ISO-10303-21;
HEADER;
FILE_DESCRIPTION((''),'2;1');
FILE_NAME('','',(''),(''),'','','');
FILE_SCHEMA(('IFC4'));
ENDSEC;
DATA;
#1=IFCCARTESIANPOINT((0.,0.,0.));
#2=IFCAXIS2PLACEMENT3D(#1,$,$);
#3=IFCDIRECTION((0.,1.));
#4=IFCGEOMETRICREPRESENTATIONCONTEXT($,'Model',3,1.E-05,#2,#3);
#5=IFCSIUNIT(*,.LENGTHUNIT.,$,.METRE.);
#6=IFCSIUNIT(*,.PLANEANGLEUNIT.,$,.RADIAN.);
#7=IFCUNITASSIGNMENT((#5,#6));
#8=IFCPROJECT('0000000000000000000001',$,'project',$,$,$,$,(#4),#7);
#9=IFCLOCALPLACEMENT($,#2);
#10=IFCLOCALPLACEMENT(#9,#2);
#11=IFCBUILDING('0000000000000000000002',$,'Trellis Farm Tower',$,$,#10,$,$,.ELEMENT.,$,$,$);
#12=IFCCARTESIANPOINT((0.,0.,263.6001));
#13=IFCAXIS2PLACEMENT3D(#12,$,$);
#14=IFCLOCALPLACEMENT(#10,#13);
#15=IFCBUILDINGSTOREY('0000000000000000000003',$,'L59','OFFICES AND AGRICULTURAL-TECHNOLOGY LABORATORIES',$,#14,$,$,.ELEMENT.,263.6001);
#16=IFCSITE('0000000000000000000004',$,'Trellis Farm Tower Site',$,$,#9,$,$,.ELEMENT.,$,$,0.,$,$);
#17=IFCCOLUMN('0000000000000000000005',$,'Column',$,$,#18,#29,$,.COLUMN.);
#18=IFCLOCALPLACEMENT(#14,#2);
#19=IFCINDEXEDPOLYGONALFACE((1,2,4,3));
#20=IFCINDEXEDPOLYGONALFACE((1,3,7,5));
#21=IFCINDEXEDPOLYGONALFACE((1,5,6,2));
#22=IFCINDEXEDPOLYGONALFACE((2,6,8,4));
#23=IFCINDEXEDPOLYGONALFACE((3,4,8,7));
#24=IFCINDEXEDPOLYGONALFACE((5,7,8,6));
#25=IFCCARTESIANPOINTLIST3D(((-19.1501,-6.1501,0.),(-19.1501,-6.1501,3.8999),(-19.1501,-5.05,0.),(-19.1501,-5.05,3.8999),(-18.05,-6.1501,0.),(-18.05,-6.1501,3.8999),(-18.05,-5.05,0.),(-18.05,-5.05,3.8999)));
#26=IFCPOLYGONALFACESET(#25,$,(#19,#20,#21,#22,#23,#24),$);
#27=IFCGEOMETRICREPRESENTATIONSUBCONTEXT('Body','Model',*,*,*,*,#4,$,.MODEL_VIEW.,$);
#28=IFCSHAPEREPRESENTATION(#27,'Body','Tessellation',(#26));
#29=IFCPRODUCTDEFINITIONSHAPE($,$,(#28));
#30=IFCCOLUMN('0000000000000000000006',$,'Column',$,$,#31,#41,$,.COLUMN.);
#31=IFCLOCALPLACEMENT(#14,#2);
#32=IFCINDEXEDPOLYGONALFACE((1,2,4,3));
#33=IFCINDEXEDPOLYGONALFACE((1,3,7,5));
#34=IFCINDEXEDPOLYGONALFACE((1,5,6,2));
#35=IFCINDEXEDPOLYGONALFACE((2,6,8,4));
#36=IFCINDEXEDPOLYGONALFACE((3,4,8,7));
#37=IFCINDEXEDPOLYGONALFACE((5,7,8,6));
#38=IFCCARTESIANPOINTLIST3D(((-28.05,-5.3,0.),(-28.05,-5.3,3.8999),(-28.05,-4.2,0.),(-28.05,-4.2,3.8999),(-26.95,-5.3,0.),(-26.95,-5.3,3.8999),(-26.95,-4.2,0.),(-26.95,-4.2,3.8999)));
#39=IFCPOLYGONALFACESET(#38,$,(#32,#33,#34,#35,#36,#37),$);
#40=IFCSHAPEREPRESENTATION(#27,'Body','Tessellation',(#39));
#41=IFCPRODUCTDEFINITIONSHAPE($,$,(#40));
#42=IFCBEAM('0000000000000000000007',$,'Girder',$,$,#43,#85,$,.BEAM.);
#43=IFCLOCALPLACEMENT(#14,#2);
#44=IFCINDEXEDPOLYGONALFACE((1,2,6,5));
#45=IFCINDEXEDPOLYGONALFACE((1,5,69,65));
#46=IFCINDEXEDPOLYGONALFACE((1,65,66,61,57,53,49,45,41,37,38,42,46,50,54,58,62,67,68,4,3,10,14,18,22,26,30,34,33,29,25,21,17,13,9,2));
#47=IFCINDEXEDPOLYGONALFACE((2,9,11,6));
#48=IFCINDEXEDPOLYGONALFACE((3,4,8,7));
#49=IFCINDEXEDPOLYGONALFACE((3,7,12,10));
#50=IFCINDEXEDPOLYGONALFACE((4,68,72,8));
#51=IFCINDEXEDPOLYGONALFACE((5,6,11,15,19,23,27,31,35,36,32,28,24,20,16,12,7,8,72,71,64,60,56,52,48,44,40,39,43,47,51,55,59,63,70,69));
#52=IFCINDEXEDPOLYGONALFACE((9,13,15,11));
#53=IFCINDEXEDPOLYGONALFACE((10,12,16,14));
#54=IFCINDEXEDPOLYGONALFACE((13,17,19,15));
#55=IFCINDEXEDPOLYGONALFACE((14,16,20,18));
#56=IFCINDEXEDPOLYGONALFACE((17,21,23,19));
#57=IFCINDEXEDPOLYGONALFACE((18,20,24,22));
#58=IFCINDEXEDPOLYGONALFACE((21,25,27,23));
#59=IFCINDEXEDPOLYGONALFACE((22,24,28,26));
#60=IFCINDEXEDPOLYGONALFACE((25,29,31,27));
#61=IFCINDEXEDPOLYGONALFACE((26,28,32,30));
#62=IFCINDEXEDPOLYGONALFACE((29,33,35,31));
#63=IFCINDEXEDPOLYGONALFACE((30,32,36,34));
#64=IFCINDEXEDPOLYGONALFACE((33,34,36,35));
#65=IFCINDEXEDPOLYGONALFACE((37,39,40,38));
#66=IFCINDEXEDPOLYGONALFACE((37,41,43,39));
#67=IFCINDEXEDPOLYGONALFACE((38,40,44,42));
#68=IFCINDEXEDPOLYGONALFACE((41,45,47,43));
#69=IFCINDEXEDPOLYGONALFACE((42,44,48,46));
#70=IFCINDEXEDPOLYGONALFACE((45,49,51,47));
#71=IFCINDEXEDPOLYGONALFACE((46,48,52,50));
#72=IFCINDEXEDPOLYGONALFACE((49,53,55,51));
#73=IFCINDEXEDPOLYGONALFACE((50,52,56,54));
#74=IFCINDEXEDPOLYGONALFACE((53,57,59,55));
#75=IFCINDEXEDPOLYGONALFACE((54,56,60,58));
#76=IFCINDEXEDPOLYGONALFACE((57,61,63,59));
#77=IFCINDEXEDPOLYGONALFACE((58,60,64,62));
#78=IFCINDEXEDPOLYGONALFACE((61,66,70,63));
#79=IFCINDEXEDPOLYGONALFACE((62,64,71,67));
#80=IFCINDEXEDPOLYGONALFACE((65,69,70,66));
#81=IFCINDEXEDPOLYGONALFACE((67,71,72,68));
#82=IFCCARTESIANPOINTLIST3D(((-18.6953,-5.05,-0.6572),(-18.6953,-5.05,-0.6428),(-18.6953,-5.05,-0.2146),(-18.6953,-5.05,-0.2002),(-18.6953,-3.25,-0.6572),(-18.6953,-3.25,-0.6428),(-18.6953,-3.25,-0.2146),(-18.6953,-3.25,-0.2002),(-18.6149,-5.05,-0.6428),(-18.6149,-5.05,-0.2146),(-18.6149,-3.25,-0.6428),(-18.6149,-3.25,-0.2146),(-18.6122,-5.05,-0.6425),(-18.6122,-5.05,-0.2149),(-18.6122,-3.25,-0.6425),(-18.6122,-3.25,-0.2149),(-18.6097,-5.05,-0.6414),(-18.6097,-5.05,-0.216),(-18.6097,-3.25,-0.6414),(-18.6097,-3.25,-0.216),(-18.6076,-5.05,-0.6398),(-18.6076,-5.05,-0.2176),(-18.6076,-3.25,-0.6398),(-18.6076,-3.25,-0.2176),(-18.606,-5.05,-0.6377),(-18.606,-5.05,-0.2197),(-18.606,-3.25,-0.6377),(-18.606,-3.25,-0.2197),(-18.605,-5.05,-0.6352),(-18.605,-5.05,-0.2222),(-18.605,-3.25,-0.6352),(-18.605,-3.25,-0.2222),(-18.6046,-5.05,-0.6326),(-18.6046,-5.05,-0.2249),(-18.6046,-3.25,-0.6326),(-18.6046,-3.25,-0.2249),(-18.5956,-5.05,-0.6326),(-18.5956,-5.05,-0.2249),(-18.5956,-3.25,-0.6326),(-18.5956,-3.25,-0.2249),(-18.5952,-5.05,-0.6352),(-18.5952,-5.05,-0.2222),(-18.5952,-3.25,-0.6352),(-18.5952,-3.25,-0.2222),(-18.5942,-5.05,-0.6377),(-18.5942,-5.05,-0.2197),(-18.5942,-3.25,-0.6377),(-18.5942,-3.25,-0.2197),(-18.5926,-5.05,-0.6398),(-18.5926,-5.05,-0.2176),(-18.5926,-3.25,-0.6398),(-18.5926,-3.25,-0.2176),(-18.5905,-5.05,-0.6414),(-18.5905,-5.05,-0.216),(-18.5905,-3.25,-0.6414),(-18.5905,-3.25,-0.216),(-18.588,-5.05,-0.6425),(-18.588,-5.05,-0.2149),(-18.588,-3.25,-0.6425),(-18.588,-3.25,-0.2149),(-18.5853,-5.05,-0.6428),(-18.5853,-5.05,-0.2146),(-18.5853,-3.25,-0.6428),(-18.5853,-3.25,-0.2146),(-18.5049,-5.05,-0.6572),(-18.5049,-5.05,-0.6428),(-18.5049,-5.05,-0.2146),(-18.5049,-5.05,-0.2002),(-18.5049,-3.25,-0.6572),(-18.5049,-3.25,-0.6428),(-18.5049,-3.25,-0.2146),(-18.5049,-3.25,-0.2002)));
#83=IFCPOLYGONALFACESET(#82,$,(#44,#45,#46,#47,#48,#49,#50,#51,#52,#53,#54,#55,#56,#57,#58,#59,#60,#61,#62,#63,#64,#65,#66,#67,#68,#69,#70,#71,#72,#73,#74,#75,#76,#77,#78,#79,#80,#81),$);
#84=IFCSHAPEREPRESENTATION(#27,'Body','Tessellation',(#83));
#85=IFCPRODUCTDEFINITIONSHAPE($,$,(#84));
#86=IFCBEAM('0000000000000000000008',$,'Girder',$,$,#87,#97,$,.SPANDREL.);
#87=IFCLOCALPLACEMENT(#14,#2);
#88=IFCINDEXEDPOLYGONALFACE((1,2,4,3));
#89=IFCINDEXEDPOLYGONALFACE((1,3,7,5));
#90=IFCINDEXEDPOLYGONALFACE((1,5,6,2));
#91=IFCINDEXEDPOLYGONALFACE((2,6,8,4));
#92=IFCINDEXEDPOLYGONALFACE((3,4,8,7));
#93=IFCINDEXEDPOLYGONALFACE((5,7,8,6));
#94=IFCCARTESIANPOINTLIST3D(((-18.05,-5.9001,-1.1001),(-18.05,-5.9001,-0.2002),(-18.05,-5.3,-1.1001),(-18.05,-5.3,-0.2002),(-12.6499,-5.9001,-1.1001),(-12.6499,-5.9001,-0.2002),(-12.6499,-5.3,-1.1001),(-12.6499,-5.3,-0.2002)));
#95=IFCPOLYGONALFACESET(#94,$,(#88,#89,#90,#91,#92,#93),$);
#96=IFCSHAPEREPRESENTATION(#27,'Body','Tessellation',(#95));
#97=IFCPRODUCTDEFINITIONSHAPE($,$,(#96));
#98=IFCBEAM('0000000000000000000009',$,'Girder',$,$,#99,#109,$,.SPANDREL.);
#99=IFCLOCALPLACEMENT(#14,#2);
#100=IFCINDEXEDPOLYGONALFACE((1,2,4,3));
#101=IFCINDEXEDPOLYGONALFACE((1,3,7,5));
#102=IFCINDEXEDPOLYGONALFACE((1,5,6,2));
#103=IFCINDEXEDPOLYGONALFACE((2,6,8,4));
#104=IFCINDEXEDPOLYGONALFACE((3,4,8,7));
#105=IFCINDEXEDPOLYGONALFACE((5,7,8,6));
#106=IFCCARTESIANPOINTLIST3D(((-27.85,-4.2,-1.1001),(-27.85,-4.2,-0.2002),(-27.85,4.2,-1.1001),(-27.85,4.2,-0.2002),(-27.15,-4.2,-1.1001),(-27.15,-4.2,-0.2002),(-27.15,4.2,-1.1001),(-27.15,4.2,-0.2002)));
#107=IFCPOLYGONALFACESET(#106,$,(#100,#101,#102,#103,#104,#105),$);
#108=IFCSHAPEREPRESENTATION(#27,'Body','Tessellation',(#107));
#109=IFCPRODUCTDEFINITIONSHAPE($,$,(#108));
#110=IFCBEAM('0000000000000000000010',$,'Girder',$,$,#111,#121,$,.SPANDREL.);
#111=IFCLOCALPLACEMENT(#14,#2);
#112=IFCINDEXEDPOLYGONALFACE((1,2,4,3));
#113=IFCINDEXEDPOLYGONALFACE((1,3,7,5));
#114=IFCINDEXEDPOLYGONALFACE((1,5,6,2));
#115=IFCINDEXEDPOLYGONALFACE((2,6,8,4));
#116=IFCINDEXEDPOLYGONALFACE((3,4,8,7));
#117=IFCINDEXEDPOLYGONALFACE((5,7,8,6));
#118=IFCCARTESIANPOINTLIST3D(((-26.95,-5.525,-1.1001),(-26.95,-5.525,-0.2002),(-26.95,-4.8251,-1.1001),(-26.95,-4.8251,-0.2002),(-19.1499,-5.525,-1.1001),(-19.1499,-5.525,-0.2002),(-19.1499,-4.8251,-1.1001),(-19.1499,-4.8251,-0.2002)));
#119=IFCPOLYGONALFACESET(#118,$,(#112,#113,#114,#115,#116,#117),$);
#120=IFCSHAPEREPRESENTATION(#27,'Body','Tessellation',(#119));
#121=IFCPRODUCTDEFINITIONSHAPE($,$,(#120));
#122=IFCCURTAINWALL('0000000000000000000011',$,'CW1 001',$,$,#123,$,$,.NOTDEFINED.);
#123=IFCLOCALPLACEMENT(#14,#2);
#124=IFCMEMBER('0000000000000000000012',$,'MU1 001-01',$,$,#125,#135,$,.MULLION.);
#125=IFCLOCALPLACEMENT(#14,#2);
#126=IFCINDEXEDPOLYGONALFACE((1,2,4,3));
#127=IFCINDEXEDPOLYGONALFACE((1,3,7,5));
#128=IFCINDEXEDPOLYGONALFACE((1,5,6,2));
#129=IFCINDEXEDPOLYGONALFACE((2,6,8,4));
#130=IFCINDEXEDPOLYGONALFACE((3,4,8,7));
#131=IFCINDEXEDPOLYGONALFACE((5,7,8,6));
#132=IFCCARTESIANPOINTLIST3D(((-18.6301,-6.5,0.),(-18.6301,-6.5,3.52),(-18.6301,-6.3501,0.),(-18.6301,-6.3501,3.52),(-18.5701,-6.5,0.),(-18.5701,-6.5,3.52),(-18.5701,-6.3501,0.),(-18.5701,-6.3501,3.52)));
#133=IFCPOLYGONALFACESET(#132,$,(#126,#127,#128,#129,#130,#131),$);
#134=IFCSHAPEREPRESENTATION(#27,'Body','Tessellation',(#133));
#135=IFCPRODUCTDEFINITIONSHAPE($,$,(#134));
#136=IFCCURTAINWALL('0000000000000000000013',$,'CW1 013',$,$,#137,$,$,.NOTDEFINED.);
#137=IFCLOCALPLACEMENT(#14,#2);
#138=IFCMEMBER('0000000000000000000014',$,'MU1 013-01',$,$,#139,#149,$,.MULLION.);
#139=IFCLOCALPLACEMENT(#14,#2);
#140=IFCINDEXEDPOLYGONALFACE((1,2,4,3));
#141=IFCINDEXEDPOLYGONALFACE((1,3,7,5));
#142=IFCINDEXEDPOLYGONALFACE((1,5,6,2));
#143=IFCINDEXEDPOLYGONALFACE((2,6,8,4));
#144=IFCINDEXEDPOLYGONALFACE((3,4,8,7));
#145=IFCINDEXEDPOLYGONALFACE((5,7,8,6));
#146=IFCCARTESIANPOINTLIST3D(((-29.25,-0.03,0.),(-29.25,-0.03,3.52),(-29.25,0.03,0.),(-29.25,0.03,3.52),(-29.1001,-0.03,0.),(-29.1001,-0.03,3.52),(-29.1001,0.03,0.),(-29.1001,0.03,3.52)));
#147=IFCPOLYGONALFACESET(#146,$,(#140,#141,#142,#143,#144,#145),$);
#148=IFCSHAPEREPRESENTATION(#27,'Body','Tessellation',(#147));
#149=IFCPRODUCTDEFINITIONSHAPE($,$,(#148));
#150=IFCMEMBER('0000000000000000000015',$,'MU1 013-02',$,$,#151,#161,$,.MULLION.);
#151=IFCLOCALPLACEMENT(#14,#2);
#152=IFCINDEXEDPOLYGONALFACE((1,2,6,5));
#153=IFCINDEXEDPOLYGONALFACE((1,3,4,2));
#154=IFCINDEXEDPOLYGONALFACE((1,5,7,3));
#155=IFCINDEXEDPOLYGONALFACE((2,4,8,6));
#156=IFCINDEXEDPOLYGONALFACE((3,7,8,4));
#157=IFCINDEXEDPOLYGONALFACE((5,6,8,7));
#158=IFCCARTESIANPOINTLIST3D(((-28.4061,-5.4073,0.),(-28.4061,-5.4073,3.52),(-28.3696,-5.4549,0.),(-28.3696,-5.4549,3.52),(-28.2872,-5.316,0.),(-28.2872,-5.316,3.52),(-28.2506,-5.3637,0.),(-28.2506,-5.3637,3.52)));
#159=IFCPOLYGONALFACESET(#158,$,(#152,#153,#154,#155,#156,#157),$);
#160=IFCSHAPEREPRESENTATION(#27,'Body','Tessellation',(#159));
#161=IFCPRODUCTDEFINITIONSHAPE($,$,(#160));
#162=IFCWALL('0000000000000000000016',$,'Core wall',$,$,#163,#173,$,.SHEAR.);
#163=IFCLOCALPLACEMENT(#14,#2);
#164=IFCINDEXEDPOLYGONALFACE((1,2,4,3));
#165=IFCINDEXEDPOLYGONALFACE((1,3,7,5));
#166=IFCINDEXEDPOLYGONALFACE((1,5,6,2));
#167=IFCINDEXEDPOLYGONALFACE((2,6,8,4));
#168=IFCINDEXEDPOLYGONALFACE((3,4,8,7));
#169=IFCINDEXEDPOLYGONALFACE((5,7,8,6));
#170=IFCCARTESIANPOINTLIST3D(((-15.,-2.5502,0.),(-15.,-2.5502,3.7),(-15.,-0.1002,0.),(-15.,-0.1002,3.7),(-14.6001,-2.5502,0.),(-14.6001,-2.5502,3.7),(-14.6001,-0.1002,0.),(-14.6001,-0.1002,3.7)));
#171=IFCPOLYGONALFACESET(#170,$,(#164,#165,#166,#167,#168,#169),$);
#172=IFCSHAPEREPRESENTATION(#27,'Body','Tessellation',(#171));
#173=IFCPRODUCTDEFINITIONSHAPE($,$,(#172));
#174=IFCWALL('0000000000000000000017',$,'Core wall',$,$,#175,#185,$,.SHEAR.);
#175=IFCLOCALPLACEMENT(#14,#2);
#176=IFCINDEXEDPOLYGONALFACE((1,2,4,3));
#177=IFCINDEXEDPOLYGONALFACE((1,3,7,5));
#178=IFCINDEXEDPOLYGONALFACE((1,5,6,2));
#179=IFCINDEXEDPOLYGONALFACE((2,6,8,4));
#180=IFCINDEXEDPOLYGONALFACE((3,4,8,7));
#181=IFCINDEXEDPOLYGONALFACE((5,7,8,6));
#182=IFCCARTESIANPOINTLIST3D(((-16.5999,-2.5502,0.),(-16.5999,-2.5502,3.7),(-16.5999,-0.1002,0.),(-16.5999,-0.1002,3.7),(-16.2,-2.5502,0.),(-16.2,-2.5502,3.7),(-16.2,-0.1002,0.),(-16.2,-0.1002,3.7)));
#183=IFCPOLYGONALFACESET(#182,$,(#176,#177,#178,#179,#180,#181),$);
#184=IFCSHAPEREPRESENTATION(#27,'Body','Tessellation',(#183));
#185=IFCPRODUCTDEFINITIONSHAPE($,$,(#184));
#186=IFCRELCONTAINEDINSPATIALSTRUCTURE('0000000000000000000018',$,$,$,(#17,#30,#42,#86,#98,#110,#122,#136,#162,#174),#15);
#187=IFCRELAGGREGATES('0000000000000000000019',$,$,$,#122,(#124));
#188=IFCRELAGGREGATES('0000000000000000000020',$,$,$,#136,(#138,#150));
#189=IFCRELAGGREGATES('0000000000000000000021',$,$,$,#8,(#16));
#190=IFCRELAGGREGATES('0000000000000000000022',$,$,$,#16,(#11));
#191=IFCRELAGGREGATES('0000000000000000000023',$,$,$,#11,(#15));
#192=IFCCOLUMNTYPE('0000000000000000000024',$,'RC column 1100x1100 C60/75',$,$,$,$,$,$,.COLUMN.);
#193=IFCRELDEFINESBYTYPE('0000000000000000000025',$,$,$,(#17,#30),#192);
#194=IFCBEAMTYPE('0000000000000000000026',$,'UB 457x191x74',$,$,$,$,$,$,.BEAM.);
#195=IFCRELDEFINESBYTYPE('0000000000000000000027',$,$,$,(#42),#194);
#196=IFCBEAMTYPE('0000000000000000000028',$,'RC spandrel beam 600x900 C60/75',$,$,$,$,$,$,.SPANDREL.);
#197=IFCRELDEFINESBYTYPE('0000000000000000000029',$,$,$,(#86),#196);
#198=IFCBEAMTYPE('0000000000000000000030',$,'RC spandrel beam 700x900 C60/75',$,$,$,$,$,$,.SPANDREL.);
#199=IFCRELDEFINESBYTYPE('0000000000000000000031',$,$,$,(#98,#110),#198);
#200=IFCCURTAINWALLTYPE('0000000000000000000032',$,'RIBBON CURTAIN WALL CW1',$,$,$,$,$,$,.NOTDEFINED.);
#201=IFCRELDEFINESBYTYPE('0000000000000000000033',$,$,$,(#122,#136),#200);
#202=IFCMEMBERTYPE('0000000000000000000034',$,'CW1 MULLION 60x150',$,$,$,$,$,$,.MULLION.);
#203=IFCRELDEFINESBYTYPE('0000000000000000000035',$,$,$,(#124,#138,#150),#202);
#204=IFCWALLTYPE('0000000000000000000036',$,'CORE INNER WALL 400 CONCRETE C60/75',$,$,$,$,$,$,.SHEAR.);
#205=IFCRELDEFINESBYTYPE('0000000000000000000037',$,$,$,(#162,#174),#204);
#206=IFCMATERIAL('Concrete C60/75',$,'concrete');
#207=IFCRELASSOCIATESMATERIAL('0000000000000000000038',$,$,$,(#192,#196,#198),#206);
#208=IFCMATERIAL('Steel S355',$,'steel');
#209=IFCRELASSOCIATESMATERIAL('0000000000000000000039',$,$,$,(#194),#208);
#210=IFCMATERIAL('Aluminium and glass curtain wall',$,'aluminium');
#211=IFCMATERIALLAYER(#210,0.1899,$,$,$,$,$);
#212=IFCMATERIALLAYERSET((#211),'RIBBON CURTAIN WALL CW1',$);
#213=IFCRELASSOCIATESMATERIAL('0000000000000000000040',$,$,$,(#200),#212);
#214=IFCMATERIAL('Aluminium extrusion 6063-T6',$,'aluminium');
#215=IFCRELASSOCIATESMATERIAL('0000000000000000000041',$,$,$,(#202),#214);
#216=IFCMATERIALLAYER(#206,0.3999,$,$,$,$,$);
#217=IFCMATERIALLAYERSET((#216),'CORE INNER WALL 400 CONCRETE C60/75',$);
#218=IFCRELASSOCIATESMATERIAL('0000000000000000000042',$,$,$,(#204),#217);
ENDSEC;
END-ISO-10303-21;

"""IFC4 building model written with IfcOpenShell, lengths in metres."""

from ifc_helpers import new_model, si_unit, direction, frame, frame_2d, origin, origin_2d, place, context, subcontext, project, spatial, rectangle, i_section, extrude, source, transform, mapped, material, layer, layer_set, material_profile, profile_set, type_object, element, aggregate, save


model = new_model("IFC4")

# Units and contexts
model_context = context("Model", 3, precision=1e-05, world=origin(), true_north=direction((0.0, 1.0)))
body_context = subcontext(model_context, "Body", "Model", "MODEL_VIEW")
ifc_project = project(units=[si_unit("LENGTHUNIT", "METRE"), si_unit("PLANEANGLEUNIT", "RADIAN")], contexts=[model_context])

# Site, building, storey
site_placement = place(None, origin())
site = spatial("IfcSite", under=ifc_project, at=site_placement, Name="Trellis Farm Tower Site", CompositionType="ELEMENT", RefElevation=0.0)
building_placement = place(site_placement, origin())
building = spatial("IfcBuilding", under=site, at=building_placement, Name="Trellis Farm Tower", CompositionType="ELEMENT")
storey_placement = place(building_placement, frame((0.0, 0.0, 263.6001)))
storey = spatial("IfcBuildingStorey", under=building, at=storey_placement, Name="L59", Description="OFFICES AND AGRICULTURAL-TECHNOLOGY LABORATORIES", CompositionType="ELEMENT", Elevation=263.6001)

# Columns
ifc_material_1 = material(Name="Concrete C60/75", Category="concrete")
ifc_material_profile_1 = material_profile(ifc_material_1, rectangle(XDim=1.1001, YDim=1.1001, at=origin_2d()), Name="RC column 1100x1100 C60/75")
ifc_profile_set_1 = profile_set([ifc_material_profile_1], Name="Concrete C60/75")
column_type = type_object("IfcColumnType", Name="RC column 1100x1100 C60/75", PredefinedType="COLUMN", material=ifc_profile_set_1)
shared_shape_1 = source(origin(), body_context, "Body", "SweptSolid", [
    extrude(rectangle(XDim=1.1001, YDim=1.1001, at=origin_2d()), origin(), (0.0, 0.0, 1.0), 3.8999),
])
for number, where, z_axis, x_axis, name in (
    (1, (-18.6001, -5.6001, 0.0), (0.0, 0.0, 1.0), (1.0, 0.0, 0.0), "Column"),
    (2, (-27.5, -4.75, 0.0), (0.0, 0.0, 1.0), (1.0, 0.0, 0.0), "Column"),
):
    element("IfcColumn", number, at=place(storey_placement, frame(where, z_axis=z_axis, x_axis=x_axis)), inside=storey, type_object=column_type, Name=name, PredefinedType="COLUMN", context=body_context, shape_type="MappedRepresentation", body=[
        mapped(shared_shape_1, transform((0.0, 0.0, 0.0))),
    ])

# Beams
ifc_material_2 = material(Name="Steel S355", Category="steel")
ifc_material_profile_2 = material_profile(ifc_material_2, i_section(OverallWidth=0.1904, OverallDepth=0.457, WebThickness=0.009, FlangeThickness=0.0144, FilletRadius=0.0103, at=origin_2d()), Name="UB 457x191x74")
ifc_profile_set_2 = profile_set([ifc_material_profile_2], Name="Steel S355")
beam_type_1 = type_object("IfcBeamType", Name="UB 457x191x74", PredefinedType="BEAM", material=ifc_profile_set_2)
shared_shape_2 = source(origin(), body_context, "Body", "SweptSolid", [
    extrude(i_section(OverallWidth=0.1904, OverallDepth=0.457, WebThickness=0.009, FlangeThickness=0.0144, FilletRadius=0.0103, at=origin_2d()), origin(), (0.0, 0.0, 1.0), 1.8),
])
beam_1_placement = place(storey_placement, frame((-18.6001, -5.05, -0.4287), z_axis=(0.0, 1.0, 0.0), x_axis=(-1.0, 0.0, 0.0)))
element("IfcBeam", 3, at=beam_1_placement, inside=storey, type_object=beam_type_1, Name="Girder", PredefinedType="BEAM", context=body_context, shape_type="MappedRepresentation", body=[
    mapped(shared_shape_2, transform((0.0, 0.0, 0.0))),
])
ifc_material_profile_3 = material_profile(ifc_material_1, rectangle(XDim=0.6001, YDim=0.8999, at=origin_2d()), Name="RC spandrel beam 600x900 C60/75")
ifc_profile_set_3 = profile_set([ifc_material_profile_3], Name="Concrete C60/75")
beam_type_2 = type_object("IfcBeamType", Name="RC spandrel beam 600x900 C60/75", PredefinedType="SPANDREL", material=ifc_profile_set_3)
shared_shape_3 = source(origin(), body_context, "Body", "SweptSolid", [
    extrude(rectangle(XDim=0.6001, YDim=0.8999, at=origin_2d()), origin(), (0.0, 0.0, 1.0), 5.4001),
])
beam_2_placement = place(storey_placement, frame((-18.05, -5.6001, -0.6501), z_axis=(1.0, 0.0, 0.0), x_axis=(0.0, 1.0, 0.0)))
element("IfcBeam", 4, at=beam_2_placement, inside=storey, type_object=beam_type_2, Name="Girder", PredefinedType="SPANDREL", context=body_context, shape_type="MappedRepresentation", body=[
    mapped(shared_shape_3, transform((0.0, 0.0, 0.0))),
])
ifc_material_profile_4 = material_profile(ifc_material_1, rectangle(XDim=0.7, YDim=0.8999, at=origin_2d()), Name="RC spandrel beam 700x900 C60/75")
ifc_profile_set_4 = profile_set([ifc_material_profile_4], Name="Concrete C60/75")
beam_type_3 = type_object("IfcBeamType", Name="RC spandrel beam 700x900 C60/75", PredefinedType="SPANDREL", material=ifc_profile_set_4)
shared_shape_4 = source(origin(), body_context, "Body", "SweptSolid", [
    extrude(rectangle(XDim=0.7, YDim=0.8999, at=origin_2d()), origin(), (0.0, 0.0, 1.0), 8.3999),
])
beam_3_placement = place(storey_placement, frame((-27.5, -4.2, -0.6501), z_axis=(0.0, 1.0, 0.0), x_axis=(-1.0, 0.0, 0.0)))
element("IfcBeam", 5, at=beam_3_placement, inside=storey, type_object=beam_type_3, Name="Girder", PredefinedType="SPANDREL", context=body_context, shape_type="MappedRepresentation", body=[
    mapped(shared_shape_4, transform((0.0, 0.0, 0.0))),
])
shared_shape_5 = source(origin(), body_context, "Body", "SweptSolid", [
    extrude(rectangle(XDim=0.7, YDim=0.8999, at=origin_2d()), origin(), (0.0, 0.0, 1.0), 7.8),
])
beam_4_placement = place(storey_placement, frame((-26.95, -5.175, -0.6501), z_axis=(1.0, 0.0, 0.0), x_axis=(0.0, 1.0, 0.0)))
element("IfcBeam", 6, at=beam_4_placement, inside=storey, type_object=beam_type_3, Name="Girder", PredefinedType="SPANDREL", context=body_context, shape_type="MappedRepresentation", body=[
    mapped(shared_shape_5, transform((0.0, 0.0, 0.0))),
])

# Curtain wall, member
ifc_material_3 = material(Name="Aluminium and glass curtain wall", Category="aluminium")
ifc_layer_1 = layer(ifc_material_3, 0.1899)
ifc_layer_set_1 = layer_set([ifc_layer_1], Name="RIBBON CURTAIN WALL CW1")
curtain_wall_type = type_object("IfcCurtainWallType", Name="RIBBON CURTAIN WALL CW1", PredefinedType="NOTDEFINED", material=ifc_layer_set_1)
placement = place(storey_placement, origin())
curtain_wall_1 = element("IfcCurtainWall", 7, at=placement, inside=storey, type_object=curtain_wall_type, Name="CW1 001", PredefinedType="NOTDEFINED")
ifc_material_4 = material(Name="Aluminium extrusion 6063-T6", Category="aluminium")
ifc_material_profile_5 = material_profile(ifc_material_4, rectangle(XDim=0.0601, YDim=0.1499, at=origin_2d()), Name="MULLION 60x150")
ifc_profile_set_5 = profile_set([ifc_material_profile_5], Name="Aluminium extrusion 6063-T6")
member_type = type_object("IfcMemberType", Name="CW1 MULLION 60x150", PredefinedType="MULLION", material=ifc_profile_set_5)
shared_shape_6 = source(origin(), body_context, "Body", "SweptSolid", [
    extrude(rectangle(XDim=0.0601, YDim=0.1499, at=origin_2d()), origin(), (0.0, 0.0, 1.0), 3.52),
])
member_1_placement = place(storey_placement, frame((-18.6001, -6.425, 0.0), z_axis=(0.0, 0.0, 1.0), x_axis=(1.0, 0.0, 0.0)))
member_1 = element("IfcMember", 8, at=member_1_placement, type_object=member_type, Name="MU1 001-01", PredefinedType="MULLION", context=body_context, shape_type="MappedRepresentation", body=[
    mapped(shared_shape_6, transform((0.0, 0.0, 0.0))),
])
aggregate(curtain_wall_1, [member_1])

# Curtain wall, members
curtain_wall_2 = element("IfcCurtainWall", 9, at=placement, inside=storey, type_object=curtain_wall_type, Name="CW1 013", PredefinedType="NOTDEFINED")
member_2_placement = place(storey_placement, frame((-29.175, 0.0, 0.0), z_axis=(0.0, 0.0, 1.0), x_axis=(0.0, -1.0, 0.0)))
member_2 = element("IfcMember", 10, at=member_2_placement, type_object=member_type, Name="MU1 013-01", PredefinedType="MULLION", context=body_context, shape_type="MappedRepresentation", body=[
    mapped(shared_shape_6, transform((0.0, 0.0, 0.0))),
])
member_3_placement = place(storey_placement, frame((-28.3284, -5.3855, 0.0), z_axis=(0.0, 0.0, 1.0), x_axis=(0.608761, -0.793353, 0.0)))
member_3 = element("IfcMember", 11, at=member_3_placement, type_object=member_type, Name="MU1 013-02", PredefinedType="MULLION", context=body_context, shape_type="MappedRepresentation", body=[
    mapped(shared_shape_6, transform((0.0, 0.0, 0.0))),
])
aggregate(curtain_wall_2, [member_2, member_3])

# Walls
ifc_layer_2 = layer(ifc_material_1, 0.3999)
ifc_layer_set_2 = layer_set([ifc_layer_2], Name="CORE INNER WALL 400 CONCRETE C60/75")
wall_type_1 = type_object("IfcWallType", Name="CORE INNER WALL 400 CONCRETE C60/75", PredefinedType="SHEAR", material=ifc_layer_set_2)
shared_shape_7 = source(origin(), body_context, "Body", "SweptSolid", [
    extrude(rectangle(XDim=2.45, YDim=0.3999, at=frame_2d((1.2251, 0.0))), origin(), (0.0, 0.0, 1.0), 3.7),
])
for number, where, z_axis, x_axis, name in (
    (12, (-14.8, -0.1001, 0.0), (0.0, 0.0, 1.0), (0.0, -1.0, 0.0), "Core wall"),
    (13, (-16.3999, -0.1001, 0.0), (0.0, 0.0, 1.0), (0.0, -1.0, 0.0), "Core wall"),
):
    element("IfcWall", number, at=place(storey_placement, frame(where, z_axis=z_axis, x_axis=x_axis)), inside=storey, type_object=wall_type_1, Name=name, PredefinedType="SHEAR", context=body_context, shape_type="MappedRepresentation", body=[
        mapped(shared_shape_7, transform((0.0, 0.0, 0.0))),
    ])

save(model, "model.ifc")
